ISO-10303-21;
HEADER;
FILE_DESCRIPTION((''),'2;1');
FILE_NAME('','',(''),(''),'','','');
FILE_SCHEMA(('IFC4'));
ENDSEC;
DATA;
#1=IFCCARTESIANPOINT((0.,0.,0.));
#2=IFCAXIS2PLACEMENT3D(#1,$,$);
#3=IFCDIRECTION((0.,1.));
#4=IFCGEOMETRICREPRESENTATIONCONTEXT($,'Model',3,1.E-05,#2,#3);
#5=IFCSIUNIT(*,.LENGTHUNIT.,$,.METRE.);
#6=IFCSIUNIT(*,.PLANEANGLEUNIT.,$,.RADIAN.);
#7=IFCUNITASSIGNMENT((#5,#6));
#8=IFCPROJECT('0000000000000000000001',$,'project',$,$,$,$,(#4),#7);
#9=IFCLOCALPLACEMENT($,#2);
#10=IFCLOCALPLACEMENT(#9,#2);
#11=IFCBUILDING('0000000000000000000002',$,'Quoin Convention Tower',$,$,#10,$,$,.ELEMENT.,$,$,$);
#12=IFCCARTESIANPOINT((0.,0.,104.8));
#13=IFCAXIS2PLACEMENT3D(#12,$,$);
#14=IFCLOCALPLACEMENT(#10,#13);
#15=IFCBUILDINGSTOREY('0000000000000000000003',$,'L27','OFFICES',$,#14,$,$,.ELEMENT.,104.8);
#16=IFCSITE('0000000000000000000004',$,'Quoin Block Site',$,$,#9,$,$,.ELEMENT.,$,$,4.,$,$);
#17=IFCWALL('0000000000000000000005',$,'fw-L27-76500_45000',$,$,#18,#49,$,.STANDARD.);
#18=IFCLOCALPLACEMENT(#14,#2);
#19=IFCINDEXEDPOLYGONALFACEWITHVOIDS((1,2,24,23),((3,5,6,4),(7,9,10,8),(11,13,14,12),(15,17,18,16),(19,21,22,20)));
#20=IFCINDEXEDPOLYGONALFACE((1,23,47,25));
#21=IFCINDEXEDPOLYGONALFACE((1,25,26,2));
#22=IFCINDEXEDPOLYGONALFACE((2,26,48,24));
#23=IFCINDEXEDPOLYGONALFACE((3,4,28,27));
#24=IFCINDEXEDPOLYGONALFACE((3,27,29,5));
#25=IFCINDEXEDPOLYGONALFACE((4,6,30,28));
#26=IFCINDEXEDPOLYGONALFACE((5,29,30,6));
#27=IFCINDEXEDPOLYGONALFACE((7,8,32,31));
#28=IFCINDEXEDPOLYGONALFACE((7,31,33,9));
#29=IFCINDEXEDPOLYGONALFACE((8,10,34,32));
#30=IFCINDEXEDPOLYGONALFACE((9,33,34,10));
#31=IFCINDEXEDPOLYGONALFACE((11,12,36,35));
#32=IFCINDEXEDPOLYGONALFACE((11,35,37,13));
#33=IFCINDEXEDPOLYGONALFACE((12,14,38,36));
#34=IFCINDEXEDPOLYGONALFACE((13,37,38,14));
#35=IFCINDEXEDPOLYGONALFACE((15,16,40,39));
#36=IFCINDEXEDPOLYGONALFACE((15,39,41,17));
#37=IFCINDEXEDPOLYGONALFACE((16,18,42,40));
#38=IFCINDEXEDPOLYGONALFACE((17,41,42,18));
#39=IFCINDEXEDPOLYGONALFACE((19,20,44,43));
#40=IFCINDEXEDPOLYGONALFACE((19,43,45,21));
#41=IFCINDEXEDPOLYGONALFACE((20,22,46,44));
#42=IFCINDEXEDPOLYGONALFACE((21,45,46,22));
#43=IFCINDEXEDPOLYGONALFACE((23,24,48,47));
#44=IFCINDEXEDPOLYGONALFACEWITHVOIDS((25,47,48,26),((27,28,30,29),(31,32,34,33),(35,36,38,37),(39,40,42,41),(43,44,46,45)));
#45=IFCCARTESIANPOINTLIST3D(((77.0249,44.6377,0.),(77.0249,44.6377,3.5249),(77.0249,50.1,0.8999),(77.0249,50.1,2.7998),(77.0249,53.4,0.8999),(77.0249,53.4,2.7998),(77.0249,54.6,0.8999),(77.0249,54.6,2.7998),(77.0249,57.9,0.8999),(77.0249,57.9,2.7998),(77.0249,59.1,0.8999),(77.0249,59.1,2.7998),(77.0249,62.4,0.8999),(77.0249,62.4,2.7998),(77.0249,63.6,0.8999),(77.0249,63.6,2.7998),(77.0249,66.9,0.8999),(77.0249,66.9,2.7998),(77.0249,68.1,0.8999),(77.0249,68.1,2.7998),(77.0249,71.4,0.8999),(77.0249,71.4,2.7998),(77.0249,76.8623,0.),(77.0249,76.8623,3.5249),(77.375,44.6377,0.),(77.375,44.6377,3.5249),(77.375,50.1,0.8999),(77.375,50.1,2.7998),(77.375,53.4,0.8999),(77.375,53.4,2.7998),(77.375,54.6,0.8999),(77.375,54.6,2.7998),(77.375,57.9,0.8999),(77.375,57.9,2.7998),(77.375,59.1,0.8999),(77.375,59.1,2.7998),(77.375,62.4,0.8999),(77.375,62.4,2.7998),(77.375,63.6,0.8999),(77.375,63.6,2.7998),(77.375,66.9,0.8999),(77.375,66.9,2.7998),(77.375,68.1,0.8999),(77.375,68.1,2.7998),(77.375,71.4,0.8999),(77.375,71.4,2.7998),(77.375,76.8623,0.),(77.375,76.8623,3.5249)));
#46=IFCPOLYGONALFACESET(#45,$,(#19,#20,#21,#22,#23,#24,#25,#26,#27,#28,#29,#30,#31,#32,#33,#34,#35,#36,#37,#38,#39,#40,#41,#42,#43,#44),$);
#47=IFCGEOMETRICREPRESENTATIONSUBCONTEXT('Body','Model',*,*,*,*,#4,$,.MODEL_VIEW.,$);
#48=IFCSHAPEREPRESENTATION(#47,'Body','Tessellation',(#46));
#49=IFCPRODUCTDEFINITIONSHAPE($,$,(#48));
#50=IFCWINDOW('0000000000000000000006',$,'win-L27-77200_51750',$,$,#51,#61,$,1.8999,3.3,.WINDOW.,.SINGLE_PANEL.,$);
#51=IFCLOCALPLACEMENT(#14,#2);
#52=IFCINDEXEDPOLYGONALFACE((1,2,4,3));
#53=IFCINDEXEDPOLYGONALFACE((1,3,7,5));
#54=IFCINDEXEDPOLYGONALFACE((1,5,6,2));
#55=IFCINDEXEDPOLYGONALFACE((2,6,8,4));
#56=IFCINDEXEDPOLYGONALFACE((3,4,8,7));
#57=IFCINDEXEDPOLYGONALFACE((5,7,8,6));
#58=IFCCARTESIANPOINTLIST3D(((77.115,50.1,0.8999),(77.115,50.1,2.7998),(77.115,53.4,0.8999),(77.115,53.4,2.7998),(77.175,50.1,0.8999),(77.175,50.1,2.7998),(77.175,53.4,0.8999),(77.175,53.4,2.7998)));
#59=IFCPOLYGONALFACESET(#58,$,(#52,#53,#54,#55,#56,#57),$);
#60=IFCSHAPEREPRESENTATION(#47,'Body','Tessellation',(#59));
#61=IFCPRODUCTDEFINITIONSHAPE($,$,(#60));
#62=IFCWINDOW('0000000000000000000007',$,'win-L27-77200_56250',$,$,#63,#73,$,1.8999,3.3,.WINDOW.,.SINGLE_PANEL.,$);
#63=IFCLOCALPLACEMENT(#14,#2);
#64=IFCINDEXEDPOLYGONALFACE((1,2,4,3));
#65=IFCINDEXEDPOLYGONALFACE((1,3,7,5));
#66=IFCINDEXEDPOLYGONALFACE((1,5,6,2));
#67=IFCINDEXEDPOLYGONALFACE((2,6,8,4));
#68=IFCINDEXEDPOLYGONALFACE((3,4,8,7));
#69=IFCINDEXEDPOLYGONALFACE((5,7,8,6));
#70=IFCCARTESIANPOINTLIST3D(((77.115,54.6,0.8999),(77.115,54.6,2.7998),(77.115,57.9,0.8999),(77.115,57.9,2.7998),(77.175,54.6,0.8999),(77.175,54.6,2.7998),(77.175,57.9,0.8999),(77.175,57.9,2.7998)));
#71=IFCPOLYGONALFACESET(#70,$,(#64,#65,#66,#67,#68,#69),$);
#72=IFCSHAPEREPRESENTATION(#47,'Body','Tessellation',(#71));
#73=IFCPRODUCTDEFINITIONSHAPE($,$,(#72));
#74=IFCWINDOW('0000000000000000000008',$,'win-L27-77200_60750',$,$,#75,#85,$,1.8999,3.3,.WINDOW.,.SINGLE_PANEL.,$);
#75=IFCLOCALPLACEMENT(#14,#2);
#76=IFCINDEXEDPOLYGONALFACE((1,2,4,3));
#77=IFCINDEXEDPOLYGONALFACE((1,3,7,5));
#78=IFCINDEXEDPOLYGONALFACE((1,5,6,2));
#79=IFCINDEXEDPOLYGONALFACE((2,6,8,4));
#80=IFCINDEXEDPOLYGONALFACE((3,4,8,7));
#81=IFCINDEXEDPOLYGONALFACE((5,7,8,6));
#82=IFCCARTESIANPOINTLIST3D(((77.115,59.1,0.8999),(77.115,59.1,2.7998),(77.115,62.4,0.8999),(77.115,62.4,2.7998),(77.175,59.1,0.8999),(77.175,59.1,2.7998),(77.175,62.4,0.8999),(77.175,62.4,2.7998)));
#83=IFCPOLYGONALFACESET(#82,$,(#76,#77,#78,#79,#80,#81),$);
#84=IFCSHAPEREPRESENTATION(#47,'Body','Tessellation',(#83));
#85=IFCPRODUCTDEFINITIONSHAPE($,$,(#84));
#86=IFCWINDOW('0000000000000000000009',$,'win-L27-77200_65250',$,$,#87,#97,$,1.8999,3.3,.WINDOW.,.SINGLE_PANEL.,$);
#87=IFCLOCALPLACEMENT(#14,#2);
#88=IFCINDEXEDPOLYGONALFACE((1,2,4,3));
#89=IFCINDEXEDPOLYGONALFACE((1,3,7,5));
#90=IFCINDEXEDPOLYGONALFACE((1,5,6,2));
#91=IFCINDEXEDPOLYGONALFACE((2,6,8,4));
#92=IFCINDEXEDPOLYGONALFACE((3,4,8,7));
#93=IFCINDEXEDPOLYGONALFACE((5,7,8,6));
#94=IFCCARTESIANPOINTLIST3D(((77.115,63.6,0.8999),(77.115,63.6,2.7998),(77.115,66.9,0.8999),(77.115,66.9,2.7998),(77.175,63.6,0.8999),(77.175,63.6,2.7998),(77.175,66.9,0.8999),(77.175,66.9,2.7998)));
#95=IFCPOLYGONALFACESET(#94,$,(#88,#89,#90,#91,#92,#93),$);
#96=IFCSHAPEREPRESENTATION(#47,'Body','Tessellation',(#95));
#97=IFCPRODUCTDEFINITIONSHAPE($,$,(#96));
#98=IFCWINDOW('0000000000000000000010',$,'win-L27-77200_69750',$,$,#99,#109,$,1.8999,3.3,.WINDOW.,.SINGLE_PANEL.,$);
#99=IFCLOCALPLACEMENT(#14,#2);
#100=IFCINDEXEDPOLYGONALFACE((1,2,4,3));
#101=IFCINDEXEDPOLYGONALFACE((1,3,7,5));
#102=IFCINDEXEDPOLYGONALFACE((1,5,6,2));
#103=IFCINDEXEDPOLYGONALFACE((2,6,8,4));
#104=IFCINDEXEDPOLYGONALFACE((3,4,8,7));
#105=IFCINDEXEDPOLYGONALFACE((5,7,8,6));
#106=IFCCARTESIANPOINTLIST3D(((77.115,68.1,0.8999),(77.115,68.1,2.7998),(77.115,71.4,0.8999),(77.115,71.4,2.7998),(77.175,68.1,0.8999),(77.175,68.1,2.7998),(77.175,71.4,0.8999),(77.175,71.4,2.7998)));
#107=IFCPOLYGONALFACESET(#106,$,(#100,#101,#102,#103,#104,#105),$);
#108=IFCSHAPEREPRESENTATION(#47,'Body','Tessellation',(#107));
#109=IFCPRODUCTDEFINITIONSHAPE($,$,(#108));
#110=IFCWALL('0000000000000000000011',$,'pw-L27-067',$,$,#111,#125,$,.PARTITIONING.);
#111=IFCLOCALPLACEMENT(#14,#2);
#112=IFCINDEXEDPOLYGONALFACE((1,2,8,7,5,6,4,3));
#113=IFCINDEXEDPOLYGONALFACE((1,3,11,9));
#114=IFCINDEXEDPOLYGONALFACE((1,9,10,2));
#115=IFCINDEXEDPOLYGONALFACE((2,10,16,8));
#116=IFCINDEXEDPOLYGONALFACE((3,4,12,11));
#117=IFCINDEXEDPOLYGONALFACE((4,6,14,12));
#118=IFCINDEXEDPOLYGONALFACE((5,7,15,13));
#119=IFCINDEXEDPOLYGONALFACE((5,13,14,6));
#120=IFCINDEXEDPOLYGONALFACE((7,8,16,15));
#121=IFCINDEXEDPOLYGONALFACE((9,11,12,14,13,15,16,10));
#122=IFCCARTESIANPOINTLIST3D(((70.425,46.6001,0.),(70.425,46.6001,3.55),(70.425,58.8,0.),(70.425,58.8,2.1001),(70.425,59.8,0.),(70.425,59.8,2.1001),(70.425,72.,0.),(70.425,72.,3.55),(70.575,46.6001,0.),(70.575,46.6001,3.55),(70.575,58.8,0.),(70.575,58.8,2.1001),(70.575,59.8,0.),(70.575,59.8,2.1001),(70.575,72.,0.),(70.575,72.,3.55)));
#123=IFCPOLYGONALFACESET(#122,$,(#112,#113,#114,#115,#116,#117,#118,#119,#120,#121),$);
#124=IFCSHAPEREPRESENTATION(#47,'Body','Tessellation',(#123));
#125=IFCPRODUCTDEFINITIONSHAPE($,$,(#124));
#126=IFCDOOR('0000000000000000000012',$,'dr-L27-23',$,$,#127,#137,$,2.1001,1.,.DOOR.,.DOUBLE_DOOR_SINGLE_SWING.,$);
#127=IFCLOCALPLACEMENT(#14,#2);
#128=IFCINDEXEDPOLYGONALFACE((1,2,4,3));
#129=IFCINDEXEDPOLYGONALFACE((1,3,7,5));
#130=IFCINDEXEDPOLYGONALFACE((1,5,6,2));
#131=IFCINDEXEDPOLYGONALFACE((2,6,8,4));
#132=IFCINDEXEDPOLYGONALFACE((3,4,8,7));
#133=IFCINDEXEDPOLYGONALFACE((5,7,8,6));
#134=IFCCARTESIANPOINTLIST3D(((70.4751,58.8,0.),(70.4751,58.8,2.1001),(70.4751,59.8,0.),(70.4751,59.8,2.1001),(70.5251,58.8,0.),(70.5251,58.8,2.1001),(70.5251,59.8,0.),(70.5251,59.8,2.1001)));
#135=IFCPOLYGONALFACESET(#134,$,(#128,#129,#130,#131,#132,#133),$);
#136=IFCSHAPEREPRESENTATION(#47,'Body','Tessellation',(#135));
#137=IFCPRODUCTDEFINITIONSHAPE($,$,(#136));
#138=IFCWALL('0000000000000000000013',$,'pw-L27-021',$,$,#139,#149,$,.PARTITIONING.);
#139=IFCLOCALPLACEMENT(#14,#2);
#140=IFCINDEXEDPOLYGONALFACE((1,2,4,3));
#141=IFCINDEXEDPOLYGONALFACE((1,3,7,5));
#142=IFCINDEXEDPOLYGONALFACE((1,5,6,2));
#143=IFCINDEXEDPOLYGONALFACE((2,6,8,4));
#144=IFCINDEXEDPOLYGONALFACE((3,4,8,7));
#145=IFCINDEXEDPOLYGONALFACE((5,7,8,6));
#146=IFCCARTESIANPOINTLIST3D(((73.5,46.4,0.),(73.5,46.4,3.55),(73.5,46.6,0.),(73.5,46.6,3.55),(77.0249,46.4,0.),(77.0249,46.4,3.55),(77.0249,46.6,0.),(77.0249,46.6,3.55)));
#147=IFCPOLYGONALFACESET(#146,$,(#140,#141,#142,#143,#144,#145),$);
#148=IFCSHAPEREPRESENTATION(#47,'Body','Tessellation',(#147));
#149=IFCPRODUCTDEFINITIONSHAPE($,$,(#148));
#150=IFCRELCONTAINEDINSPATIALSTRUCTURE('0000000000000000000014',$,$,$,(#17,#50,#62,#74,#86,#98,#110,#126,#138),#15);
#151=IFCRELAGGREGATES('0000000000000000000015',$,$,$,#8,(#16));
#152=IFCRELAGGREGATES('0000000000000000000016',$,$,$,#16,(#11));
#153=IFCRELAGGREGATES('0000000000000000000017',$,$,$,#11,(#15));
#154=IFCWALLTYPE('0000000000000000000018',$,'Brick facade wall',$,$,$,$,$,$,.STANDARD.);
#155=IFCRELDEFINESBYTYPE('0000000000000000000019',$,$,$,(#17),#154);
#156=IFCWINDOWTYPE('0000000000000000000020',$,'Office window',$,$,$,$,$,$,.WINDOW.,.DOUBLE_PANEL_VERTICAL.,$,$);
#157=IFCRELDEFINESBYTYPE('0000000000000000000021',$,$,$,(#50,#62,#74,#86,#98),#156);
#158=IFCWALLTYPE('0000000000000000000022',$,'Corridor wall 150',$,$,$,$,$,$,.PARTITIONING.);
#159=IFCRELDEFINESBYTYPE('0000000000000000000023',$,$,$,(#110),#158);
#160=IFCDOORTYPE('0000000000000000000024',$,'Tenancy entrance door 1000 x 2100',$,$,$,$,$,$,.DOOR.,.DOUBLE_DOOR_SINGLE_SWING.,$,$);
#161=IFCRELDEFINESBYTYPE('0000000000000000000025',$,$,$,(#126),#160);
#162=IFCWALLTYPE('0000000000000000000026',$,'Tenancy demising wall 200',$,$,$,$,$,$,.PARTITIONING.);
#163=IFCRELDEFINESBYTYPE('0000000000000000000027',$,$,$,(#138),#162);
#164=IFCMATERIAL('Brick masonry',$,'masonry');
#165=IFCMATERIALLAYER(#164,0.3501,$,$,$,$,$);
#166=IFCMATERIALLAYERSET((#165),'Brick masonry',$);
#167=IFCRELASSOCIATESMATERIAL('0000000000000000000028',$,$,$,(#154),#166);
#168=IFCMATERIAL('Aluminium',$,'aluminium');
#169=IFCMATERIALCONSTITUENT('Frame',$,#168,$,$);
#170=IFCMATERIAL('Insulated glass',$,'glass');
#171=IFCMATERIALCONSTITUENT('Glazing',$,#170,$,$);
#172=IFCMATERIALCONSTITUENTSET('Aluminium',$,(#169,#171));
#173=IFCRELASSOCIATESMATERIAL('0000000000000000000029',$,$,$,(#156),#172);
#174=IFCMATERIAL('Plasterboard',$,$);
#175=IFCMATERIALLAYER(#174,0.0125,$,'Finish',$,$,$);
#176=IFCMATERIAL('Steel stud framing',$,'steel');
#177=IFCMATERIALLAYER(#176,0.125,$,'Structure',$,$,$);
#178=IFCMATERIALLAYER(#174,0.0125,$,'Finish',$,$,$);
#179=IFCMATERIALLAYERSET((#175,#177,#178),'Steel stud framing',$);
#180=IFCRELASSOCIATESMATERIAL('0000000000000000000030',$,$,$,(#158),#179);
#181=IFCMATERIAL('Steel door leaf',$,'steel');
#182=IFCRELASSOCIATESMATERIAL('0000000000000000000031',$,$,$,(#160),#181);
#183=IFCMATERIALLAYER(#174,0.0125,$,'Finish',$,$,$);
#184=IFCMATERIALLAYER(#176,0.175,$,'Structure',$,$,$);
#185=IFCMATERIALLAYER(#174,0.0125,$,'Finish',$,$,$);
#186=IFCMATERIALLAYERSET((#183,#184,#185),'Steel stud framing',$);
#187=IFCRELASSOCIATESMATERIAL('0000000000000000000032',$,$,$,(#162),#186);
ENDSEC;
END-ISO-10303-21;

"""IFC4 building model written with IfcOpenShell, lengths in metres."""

from ifc_helpers import new_model, si_unit, direction, frame, frame_2d, origin, place, context, subcontext, project, spatial, rectangle, extrude, material, layer, layer_set, constituent, constituent_set, type_object, element, fill, save


model = new_model("IFC4")

# Units and contexts
model_context = context("Model", 3, precision=1e-05, world=origin(), true_north=direction((0.0, 1.0)))
body_context = subcontext(model_context, "Body", "Model", "MODEL_VIEW")
ifc_project = project(units=[si_unit("LENGTHUNIT", "METRE"), si_unit("PLANEANGLEUNIT", "RADIAN")], contexts=[model_context])

# Site, building, storey
site_placement = place(None, origin())
site = spatial("IfcSite", under=ifc_project, at=site_placement, Name="Quoin Block Site", CompositionType="ELEMENT", RefElevation=4.0)
building_placement = place(site_placement, origin())
building = spatial("IfcBuilding", under=site, at=building_placement, Name="Quoin Convention Tower", CompositionType="ELEMENT")
storey_placement = place(building_placement, frame((0.0, 0.0, 104.8)))
storey = spatial("IfcBuildingStorey", under=building, at=storey_placement, Name="L27", Description="OFFICES", CompositionType="ELEMENT", Elevation=104.8)

# Shared definitions
ifc_material_1 = material(Name="Plasterboard")
ifc_material_2 = material(Name="Steel stud framing", Category="steel")
ifc_material_3 = material(Name="Steel door leaf", Category="steel")

# Wall, openings, windows
ifc_material_4 = material(Name="Brick masonry", Category="masonry")
ifc_layer_1 = layer(ifc_material_4, 0.3501)
ifc_layer_set_1 = layer_set([ifc_layer_1], Name="Brick masonry")
wall_type_1 = type_object("IfcWallType", Name="Brick facade wall", PredefinedType="STANDARD", material=ifc_layer_set_1)
wall_1_placement = place(storey_placement, frame((77.2, 44.6377, 0.0), z_axis=(0.0, 0.0, 1.0), x_axis=(0.0, 1.0, 0.0)))
wall_1 = element("IfcWall", 1, at=wall_1_placement, inside=storey, type_object=wall_type_1, Name="fw-L27-76500_45000", PredefinedType="STANDARD", context=body_context, shape_type="SweptSolid", body=[
    extrude(rectangle(XDim=32.2246, YDim=0.3501, at=frame_2d((16.1123, 0.0))), origin(), (0.0, 0.0, 1.0), 3.5249),
])
opening_1_placement = place(wall_1_placement, frame((5.4624, 0.0, 0.8999)))
opening_1 = element("IfcOpeningElement", 2, at=opening_1_placement, cuts=wall_1, PredefinedType="OPENING", context=body_context, shape_type="SweptSolid", body=[
    extrude(rectangle(XDim=3.3, YDim=1.8999, at=frame_2d((1.6499, 0.95))), frame((0.0, 0.1851, 0.0), z_axis=(0.0, -1.0, 0.0), x_axis=(1.0, 0.0, 0.0)), (0.0, 0.0, 1.0), 0.3701),
])
opening_2_placement = place(wall_1_placement, frame((9.9624, 0.0, 0.8999)))
opening_2 = element("IfcOpeningElement", 3, at=opening_2_placement, cuts=wall_1, PredefinedType="OPENING", context=body_context, shape_type="SweptSolid", body=[
    extrude(rectangle(XDim=3.3, YDim=1.8999, at=frame_2d((1.6499, 0.95))), frame((0.0, 0.1851, 0.0), z_axis=(0.0, -1.0, 0.0), x_axis=(1.0, 0.0, 0.0)), (0.0, 0.0, 1.0), 0.3701),
])
opening_3_placement = place(wall_1_placement, frame((14.4624, 0.0, 0.8999)))
opening_3 = element("IfcOpeningElement", 4, at=opening_3_placement, cuts=wall_1, PredefinedType="OPENING", context=body_context, shape_type="SweptSolid", body=[
    extrude(rectangle(XDim=3.3, YDim=1.8999, at=frame_2d((1.6499, 0.95))), frame((0.0, 0.1851, 0.0), z_axis=(0.0, -1.0, 0.0), x_axis=(1.0, 0.0, 0.0)), (0.0, 0.0, 1.0), 0.3701),
])
opening_4_placement = place(wall_1_placement, frame((18.9624, 0.0, 0.8999)))
opening_4 = element("IfcOpeningElement", 5, at=opening_4_placement, cuts=wall_1, PredefinedType="OPENING", context=body_context, shape_type="SweptSolid", body=[
    extrude(rectangle(XDim=3.3, YDim=1.8999, at=frame_2d((1.6499, 0.95))), frame((0.0, 0.1851, 0.0), z_axis=(0.0, -1.0, 0.0), x_axis=(1.0, 0.0, 0.0)), (0.0, 0.0, 1.0), 0.3701),
])
opening_5_placement = place(wall_1_placement, frame((23.4624, 0.0, 0.8999)))
opening_5 = element("IfcOpeningElement", 6, at=opening_5_placement, cuts=wall_1, PredefinedType="OPENING", context=body_context, shape_type="SweptSolid", body=[
    extrude(rectangle(XDim=3.3, YDim=1.8999, at=frame_2d((1.6499, 0.95))), frame((0.0, 0.1851, 0.0), z_axis=(0.0, -1.0, 0.0), x_axis=(1.0, 0.0, 0.0)), (0.0, 0.0, 1.0), 0.3701),
])
ifc_material_5 = material(Name="Aluminium", Category="aluminium")
ifc_constituent_1 = constituent(ifc_material_5, Name="Frame")
ifc_material_6 = material(Name="Insulated glass", Category="glass")
ifc_constituent_2 = constituent(ifc_material_6, Name="Glazing")
ifc_constituent_set = constituent_set(constituents=[ifc_constituent_1, ifc_constituent_2], Name="Aluminium")
window_type = type_object("IfcWindowType", Name="Office window", PartitioningType="DOUBLE_PANEL_VERTICAL", PredefinedType="WINDOW", material=ifc_constituent_set)
window_1_placement = place(opening_1_placement, origin())
window_1 = element("IfcWindow", 7, at=window_1_placement, inside=storey, type_object=window_type, Name="win-L27-77200_51750", OverallHeight=1.8999, OverallWidth=3.3, PartitioningType="SINGLE_PANEL", PredefinedType="WINDOW", context=body_context, shape_type="SweptSolid", body=[
    extrude(rectangle(XDim=3.3, YDim=1.8999, at=frame_2d((1.6499, 0.95))), frame((0.0, 0.085, 0.0), z_axis=(0.0, -1.0, 0.0), x_axis=(1.0, 0.0, 0.0)), (0.0, 0.0, 1.0), 0.0601),
])
fill(opening_1, window_1)
window_2_placement = place(opening_2_placement, origin())
window_2 = element("IfcWindow", 8, at=window_2_placement, inside=storey, type_object=window_type, Name="win-L27-77200_56250", OverallHeight=1.8999, OverallWidth=3.3, PartitioningType="SINGLE_PANEL", PredefinedType="WINDOW", context=body_context, shape_type="SweptSolid", body=[
    extrude(rectangle(XDim=3.3, YDim=1.8999, at=frame_2d((1.6499, 0.95))), frame((0.0, 0.085, 0.0), z_axis=(0.0, -1.0, 0.0), x_axis=(1.0, 0.0, 0.0)), (0.0, 0.0, 1.0), 0.0601),
])
fill(opening_2, window_2)
window_3_placement = place(opening_3_placement, origin())
window_3 = element("IfcWindow", 9, at=window_3_placement, inside=storey, type_object=window_type, Name="win-L27-77200_60750", OverallHeight=1.8999, OverallWidth=3.3, PartitioningType="SINGLE_PANEL", PredefinedType="WINDOW", context=body_context, shape_type="SweptSolid", body=[
    extrude(rectangle(XDim=3.3, YDim=1.8999, at=frame_2d((1.6499, 0.95))), frame((0.0, 0.085, 0.0), z_axis=(0.0, -1.0, 0.0), x_axis=(1.0, 0.0, 0.0)), (0.0, 0.0, 1.0), 0.0601),
])
fill(opening_3, window_3)
window_4_placement = place(opening_4_placement, origin())
window_4 = element("IfcWindow", 10, at=window_4_placement, inside=storey, type_object=window_type, Name="win-L27-77200_65250", OverallHeight=1.8999, OverallWidth=3.3, PartitioningType="SINGLE_PANEL", PredefinedType="WINDOW", context=body_context, shape_type="SweptSolid", body=[
    extrude(rectangle(XDim=3.3, YDim=1.8999, at=frame_2d((1.6499, 0.95))), frame((0.0, 0.085, 0.0), z_axis=(0.0, -1.0, 0.0), x_axis=(1.0, 0.0, 0.0)), (0.0, 0.0, 1.0), 0.0601),
])
fill(opening_4, window_4)
window_5_placement = place(opening_5_placement, origin())
window_5 = element("IfcWindow", 11, at=window_5_placement, inside=storey, type_object=window_type, Name="win-L27-77200_69750", OverallHeight=1.8999, OverallWidth=3.3, PartitioningType="SINGLE_PANEL", PredefinedType="WINDOW", context=body_context, shape_type="SweptSolid", body=[
    extrude(rectangle(XDim=3.3, YDim=1.8999, at=frame_2d((1.6499, 0.95))), frame((0.0, 0.085, 0.0), z_axis=(0.0, -1.0, 0.0), x_axis=(1.0, 0.0, 0.0)), (0.0, 0.0, 1.0), 0.0601),
])
fill(opening_5, window_5)

# Wall, opening, door
ifc_layer_2 = layer(ifc_material_1, 0.0125, Name="Finish")
ifc_layer_3 = layer(ifc_material_2, 0.125, Name="Structure")
ifc_layer_4 = layer(ifc_material_1, 0.0125, Name="Finish")
ifc_layer_set_2 = layer_set([ifc_layer_2, ifc_layer_3, ifc_layer_4], Name="Steel stud framing")
wall_type_2 = type_object("IfcWallType", Name="Corridor wall 150", PredefinedType="PARTITIONING", material=ifc_layer_set_2)
wall_2_placement = place(storey_placement, frame((70.5, 46.6001, 0.0), z_axis=(0.0, 0.0, 1.0), x_axis=(0.0, 1.0, 0.0)))
wall_2 = element("IfcWall", 12, at=wall_2_placement, inside=storey, type_object=wall_type_2, Name="pw-L27-067", PredefinedType="PARTITIONING", context=body_context, shape_type="SweptSolid", body=[
    extrude(rectangle(XDim=25.3999, YDim=0.1499, at=frame_2d((12.7, 0.0))), origin(), (0.0, 0.0, 1.0), 3.55),
])
opening_6_placement = place(wall_2_placement, frame((12.2, 0.0, 0.0)))
opening_6 = element("IfcOpeningElement", 13, at=opening_6_placement, cuts=wall_2, PredefinedType="OPENING", context=body_context, shape_type="SweptSolid", body=[
    extrude(rectangle(XDim=1.0, YDim=2.1001, at=frame_2d((0.5, 1.05))), frame((0.0, 0.085, 0.0), z_axis=(0.0, -1.0, 0.0), x_axis=(1.0, 0.0, 0.0)), (0.0, 0.0, 1.0), 0.1699),
])
door_type_1 = type_object("IfcDoorType", Name="Tenancy entrance door 1000 x 2100", OperationType="DOUBLE_DOOR_SINGLE_SWING", PredefinedType="DOOR", material=ifc_material_3)
door_1_placement = place(opening_6_placement, origin())
door_1 = element("IfcDoor", 14, at=door_1_placement, inside=storey, type_object=door_type_1, Name="dr-L27-23", OperationType="DOUBLE_DOOR_SINGLE_SWING", OverallHeight=2.1001, OverallWidth=1.0, PredefinedType="DOOR", context=body_context, shape_type="SweptSolid", body=[
    extrude(rectangle(XDim=1.0, YDim=2.1001, at=frame_2d((0.5, 1.05))), frame((0.0, 0.0249, 0.0), z_axis=(0.0, -1.0, 0.0), x_axis=(1.0, 0.0, 0.0)), (0.0, 0.0, 1.0), 0.05),
])
fill(opening_6, door_1)

# Wall
ifc_layer_5 = layer(ifc_material_1, 0.0125, Name="Finish")
ifc_layer_6 = layer(ifc_material_2, 0.175, Name="Structure")
ifc_layer_7 = layer(ifc_material_1, 0.0125, Name="Finish")
ifc_layer_set_3 = layer_set([ifc_layer_5, ifc_layer_6, ifc_layer_7], Name="Steel stud framing")
wall_type_3 = type_object("IfcWallType", Name="Tenancy demising wall 200", PredefinedType="PARTITIONING", material=ifc_layer_set_3)
wall_3_placement = place(storey_placement, frame((73.5, 46.5, 0.0), z_axis=(0.0, 0.0, 1.0), x_axis=(1.0, 0.0, 0.0)))
element("IfcWall", 15, at=wall_3_placement, inside=storey, type_object=wall_type_3, Name="pw-L27-021", PredefinedType="PARTITIONING", context=body_context, shape_type="SweptSolid", body=[
    extrude(rectangle(XDim=3.5249, YDim=0.2, at=frame_2d((1.7625, 0.0))), origin(), (0.0, 0.0, 1.0), 3.55),
])

save(model, "model.ifc")
